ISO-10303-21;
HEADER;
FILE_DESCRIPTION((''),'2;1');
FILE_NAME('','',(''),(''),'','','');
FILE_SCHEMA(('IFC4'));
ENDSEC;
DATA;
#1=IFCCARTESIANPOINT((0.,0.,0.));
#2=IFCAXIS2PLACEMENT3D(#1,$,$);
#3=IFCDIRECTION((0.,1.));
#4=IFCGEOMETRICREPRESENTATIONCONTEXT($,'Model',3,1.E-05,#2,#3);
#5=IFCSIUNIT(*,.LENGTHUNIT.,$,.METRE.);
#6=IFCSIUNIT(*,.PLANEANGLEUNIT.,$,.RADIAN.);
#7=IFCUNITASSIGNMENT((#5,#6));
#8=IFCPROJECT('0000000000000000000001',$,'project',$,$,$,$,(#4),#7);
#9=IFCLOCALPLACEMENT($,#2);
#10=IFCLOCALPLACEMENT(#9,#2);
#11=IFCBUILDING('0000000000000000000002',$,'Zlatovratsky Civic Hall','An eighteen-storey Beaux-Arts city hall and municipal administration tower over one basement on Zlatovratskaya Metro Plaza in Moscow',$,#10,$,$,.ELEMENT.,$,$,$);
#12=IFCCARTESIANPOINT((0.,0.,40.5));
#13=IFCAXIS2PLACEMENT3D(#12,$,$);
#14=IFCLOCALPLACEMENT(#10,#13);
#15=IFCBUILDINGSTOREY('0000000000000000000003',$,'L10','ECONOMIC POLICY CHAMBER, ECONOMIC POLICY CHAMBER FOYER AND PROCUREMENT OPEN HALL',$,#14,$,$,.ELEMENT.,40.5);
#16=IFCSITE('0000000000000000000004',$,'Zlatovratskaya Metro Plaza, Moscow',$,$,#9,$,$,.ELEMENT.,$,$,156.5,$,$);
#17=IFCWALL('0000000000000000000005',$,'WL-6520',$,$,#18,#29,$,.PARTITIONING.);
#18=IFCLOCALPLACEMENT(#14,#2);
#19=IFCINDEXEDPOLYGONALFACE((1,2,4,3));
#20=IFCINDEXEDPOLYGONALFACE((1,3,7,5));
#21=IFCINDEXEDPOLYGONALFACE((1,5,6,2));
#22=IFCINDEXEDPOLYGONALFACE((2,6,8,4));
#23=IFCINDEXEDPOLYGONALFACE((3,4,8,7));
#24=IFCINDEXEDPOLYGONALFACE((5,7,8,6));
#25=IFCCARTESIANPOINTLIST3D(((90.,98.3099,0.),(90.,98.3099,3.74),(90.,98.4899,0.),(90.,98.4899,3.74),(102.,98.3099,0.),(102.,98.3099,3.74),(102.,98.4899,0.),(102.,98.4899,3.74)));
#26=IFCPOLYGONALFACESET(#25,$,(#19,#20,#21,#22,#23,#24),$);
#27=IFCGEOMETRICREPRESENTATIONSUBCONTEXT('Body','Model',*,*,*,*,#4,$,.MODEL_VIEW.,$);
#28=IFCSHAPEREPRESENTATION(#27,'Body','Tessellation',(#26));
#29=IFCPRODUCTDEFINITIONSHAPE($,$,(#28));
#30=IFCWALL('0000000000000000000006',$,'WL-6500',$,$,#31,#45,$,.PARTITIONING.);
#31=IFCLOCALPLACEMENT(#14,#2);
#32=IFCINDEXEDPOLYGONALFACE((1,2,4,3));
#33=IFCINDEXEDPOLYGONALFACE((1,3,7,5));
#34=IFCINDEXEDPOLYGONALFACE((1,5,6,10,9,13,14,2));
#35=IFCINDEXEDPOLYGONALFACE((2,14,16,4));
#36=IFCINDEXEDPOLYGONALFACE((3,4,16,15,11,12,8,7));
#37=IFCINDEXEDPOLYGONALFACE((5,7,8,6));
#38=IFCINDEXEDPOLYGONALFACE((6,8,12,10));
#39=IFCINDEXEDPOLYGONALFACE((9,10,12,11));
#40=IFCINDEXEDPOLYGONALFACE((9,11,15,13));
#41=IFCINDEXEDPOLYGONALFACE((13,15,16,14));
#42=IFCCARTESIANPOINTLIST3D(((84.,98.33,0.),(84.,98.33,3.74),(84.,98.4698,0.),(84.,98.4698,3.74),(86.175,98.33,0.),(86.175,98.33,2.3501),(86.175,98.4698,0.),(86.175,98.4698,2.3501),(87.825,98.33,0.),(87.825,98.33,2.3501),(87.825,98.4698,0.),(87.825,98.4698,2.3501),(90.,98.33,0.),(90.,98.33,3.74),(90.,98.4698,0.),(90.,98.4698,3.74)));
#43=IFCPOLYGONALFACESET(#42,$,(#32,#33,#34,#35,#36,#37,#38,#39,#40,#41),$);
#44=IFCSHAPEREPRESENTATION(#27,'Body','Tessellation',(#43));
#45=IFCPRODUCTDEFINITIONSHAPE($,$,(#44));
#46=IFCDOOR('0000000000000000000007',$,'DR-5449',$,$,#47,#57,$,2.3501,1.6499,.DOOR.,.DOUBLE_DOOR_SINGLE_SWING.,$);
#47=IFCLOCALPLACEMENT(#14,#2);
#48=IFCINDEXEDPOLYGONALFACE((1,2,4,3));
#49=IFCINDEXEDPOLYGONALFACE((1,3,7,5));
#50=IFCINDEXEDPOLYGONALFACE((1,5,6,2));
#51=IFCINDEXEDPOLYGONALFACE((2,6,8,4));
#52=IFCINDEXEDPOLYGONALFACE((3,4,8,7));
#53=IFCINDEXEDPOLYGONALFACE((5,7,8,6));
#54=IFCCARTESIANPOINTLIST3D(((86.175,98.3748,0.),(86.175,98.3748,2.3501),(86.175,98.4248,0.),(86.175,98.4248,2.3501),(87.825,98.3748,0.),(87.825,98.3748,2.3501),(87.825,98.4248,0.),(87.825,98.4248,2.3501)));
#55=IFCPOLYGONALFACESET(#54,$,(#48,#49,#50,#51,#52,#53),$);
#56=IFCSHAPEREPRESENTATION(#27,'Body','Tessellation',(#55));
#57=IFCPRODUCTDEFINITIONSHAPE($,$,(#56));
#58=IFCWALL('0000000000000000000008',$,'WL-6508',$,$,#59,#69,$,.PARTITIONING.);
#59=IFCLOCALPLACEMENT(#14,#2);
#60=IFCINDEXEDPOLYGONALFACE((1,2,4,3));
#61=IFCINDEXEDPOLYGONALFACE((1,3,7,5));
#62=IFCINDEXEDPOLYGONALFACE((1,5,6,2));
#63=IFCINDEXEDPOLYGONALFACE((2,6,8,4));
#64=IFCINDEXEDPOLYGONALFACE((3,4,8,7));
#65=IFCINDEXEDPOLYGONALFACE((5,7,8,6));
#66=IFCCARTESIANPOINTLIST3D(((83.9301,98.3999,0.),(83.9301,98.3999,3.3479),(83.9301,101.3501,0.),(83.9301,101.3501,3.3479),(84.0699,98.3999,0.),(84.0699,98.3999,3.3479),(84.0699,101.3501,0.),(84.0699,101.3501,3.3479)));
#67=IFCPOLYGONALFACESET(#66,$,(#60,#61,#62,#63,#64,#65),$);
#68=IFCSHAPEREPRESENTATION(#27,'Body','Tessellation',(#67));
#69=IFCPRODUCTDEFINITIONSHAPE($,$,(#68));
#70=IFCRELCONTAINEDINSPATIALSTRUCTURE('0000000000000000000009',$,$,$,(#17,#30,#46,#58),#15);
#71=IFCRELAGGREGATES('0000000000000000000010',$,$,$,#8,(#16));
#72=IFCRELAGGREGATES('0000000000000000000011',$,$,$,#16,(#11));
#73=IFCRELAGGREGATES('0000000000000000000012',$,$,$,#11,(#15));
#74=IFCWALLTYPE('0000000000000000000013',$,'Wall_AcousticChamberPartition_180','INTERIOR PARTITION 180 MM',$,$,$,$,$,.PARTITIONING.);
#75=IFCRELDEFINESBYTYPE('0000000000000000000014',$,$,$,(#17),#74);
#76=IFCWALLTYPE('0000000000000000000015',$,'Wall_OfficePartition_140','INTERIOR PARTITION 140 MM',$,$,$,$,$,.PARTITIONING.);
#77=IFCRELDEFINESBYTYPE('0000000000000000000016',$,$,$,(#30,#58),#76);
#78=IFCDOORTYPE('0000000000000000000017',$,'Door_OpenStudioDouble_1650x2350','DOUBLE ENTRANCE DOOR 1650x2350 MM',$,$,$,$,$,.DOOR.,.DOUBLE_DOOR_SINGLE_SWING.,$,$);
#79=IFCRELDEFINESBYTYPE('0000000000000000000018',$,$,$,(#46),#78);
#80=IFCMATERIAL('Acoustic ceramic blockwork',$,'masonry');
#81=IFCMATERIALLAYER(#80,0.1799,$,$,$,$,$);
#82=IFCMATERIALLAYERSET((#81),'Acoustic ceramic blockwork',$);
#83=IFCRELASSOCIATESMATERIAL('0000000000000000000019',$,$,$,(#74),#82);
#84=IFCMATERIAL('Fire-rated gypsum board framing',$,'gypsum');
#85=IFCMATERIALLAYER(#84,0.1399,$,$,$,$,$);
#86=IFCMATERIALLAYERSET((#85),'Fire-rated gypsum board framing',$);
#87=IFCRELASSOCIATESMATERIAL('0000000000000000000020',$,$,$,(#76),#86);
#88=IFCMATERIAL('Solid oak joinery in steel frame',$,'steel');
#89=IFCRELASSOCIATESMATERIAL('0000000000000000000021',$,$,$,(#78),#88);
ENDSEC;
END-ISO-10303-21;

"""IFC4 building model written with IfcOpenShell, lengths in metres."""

from ifc_helpers import new_model, si_unit, direction, frame, frame_2d, origin, place, context, subcontext, project, spatial, rectangle, extrude, material, layer, layer_set, type_object, element, fill, save


model = new_model("IFC4")

# Units and contexts
model_context = context("Model", 3, precision=1e-05, world=origin(), true_north=direction((0.0, 1.0)))
body_context = subcontext(model_context, "Body", "Model", "MODEL_VIEW")
ifc_project = project(units=[si_unit("LENGTHUNIT", "METRE"), si_unit("PLANEANGLEUNIT", "RADIAN")], contexts=[model_context])

# Site, building, storey
site_placement = place(None, origin())
site = spatial("IfcSite", under=ifc_project, at=site_placement, Name="Zlatovratskaya Metro Plaza, Moscow", CompositionType="ELEMENT", RefElevation=156.5)
building_placement = place(site_placement, origin())
building = spatial("IfcBuilding", under=site, at=building_placement, Name="Zlatovratsky Civic Hall", Description="An eighteen-storey Beaux-Arts city hall and municipal administration tower over one basement on Zlatovratskaya Metro Plaza in Moscow", CompositionType="ELEMENT")
storey_placement = place(building_placement, frame((0.0, 0.0, 40.5)))
storey = spatial("IfcBuildingStorey", under=building, at=storey_placement, Name="L10", Description="ECONOMIC POLICY CHAMBER, ECONOMIC POLICY CHAMBER FOYER AND PROCUREMENT OPEN HALL", CompositionType="ELEMENT", Elevation=40.5)

# Wall
ifc_material_1 = material(Name="Acoustic ceramic blockwork", Category="masonry")
ifc_layer_1 = layer(ifc_material_1, 0.1799)
ifc_layer_set_1 = layer_set([ifc_layer_1], Name="Acoustic ceramic blockwork")
wall_type_1 = type_object("IfcWallType", Name="Wall_AcousticChamberPartition_180", Description="INTERIOR PARTITION 180 MM", PredefinedType="PARTITIONING", material=ifc_layer_set_1)
wall_1_placement = place(storey_placement, frame((90.0, 98.3999, 0.0), z_axis=(0.0, 0.0, 1.0), x_axis=(1.0, 0.0, 0.0)))
element("IfcWall", 1, at=wall_1_placement, inside=storey, type_object=wall_type_1, Name="WL-6520", PredefinedType="PARTITIONING", context=body_context, shape_type="SweptSolid", body=[
    extrude(rectangle(XDim=12.0, YDim=0.1799, at=frame_2d((6.0, 0.0))), origin(), (0.0, 0.0, 1.0), 3.74),
])

# Wall, opening, door
ifc_material_2 = material(Name="Fire-rated gypsum board framing", Category="gypsum")
ifc_layer_2 = layer(ifc_material_2, 0.1399)
ifc_layer_set_2 = layer_set([ifc_layer_2], Name="Fire-rated gypsum board framing")
wall_type_2 = type_object("IfcWallType", Name="Wall_OfficePartition_140", Description="INTERIOR PARTITION 140 MM", PredefinedType="PARTITIONING", material=ifc_layer_set_2)
wall_2_placement = place(storey_placement, frame((84.0, 98.3999, 0.0), z_axis=(0.0, 0.0, 1.0), x_axis=(1.0, 0.0, 0.0)))
wall_2 = element("IfcWall", 2, at=wall_2_placement, inside=storey, type_object=wall_type_2, Name="WL-6500", PredefinedType="PARTITIONING", context=body_context, shape_type="SweptSolid", body=[
    extrude(rectangle(XDim=6.0, YDim=0.1399, at=frame_2d((3.0, 0.0))), origin(), (0.0, 0.0, 1.0), 3.74),
])
opening_placement = place(wall_2_placement, frame((2.175, 0.0, 0.0)))
opening = element("IfcOpeningElement", 3, at=opening_placement, cuts=wall_2, PredefinedType="OPENING", context=body_context, shape_type="SweptSolid", body=[
    extrude(rectangle(XDim=1.6499, YDim=2.3501, at=frame_2d((0.825, 1.175))), frame((0.0, 0.085, 0.0), z_axis=(0.0, -1.0, 0.0), x_axis=(1.0, 0.0, 0.0)), (0.0, 0.0, 1.0), 0.1697),
])
ifc_material_3 = material(Name="Solid oak joinery in steel frame", Category="steel")
door_type = type_object("IfcDoorType", Name="Door_OpenStudioDouble_1650x2350", Description="DOUBLE ENTRANCE DOOR 1650x2350 MM", OperationType="DOUBLE_DOOR_SINGLE_SWING", PredefinedType="DOOR", material=ifc_material_3)
door_placement = place(opening_placement, origin())
door = element("IfcDoor", 4, at=door_placement, inside=storey, type_object=door_type, Name="DR-5449", OperationType="DOUBLE_DOOR_SINGLE_SWING", OverallHeight=2.3501, OverallWidth=1.6499, PredefinedType="DOOR", context=body_context, shape_type="SweptSolid", body=[
    extrude(rectangle(XDim=1.6499, YDim=2.3501, at=frame_2d((0.825, 1.175))), frame((0.0, 0.0249, 0.0), z_axis=(0.0, -1.0, 0.0), x_axis=(1.0, 0.0, 0.0)), (0.0, 0.0, 1.0), 0.05),
])
fill(opening, door)

# Wall
wall_3_placement = place(storey_placement, frame((84.0, 98.3999, 0.0), z_axis=(0.0, 0.0, 1.0), x_axis=(0.0, 1.0, 0.0)))
element("IfcWall", 5, at=wall_3_placement, inside=storey, type_object=wall_type_2, Name="WL-6508", PredefinedType="PARTITIONING", context=body_context, shape_type="SweptSolid", body=[
    extrude(rectangle(XDim=2.9502, YDim=0.1399, at=frame_2d((1.4751, 0.0))), origin(), (0.0, 0.0, 1.0), 3.3479),
])

save(model, "model.ifc")
